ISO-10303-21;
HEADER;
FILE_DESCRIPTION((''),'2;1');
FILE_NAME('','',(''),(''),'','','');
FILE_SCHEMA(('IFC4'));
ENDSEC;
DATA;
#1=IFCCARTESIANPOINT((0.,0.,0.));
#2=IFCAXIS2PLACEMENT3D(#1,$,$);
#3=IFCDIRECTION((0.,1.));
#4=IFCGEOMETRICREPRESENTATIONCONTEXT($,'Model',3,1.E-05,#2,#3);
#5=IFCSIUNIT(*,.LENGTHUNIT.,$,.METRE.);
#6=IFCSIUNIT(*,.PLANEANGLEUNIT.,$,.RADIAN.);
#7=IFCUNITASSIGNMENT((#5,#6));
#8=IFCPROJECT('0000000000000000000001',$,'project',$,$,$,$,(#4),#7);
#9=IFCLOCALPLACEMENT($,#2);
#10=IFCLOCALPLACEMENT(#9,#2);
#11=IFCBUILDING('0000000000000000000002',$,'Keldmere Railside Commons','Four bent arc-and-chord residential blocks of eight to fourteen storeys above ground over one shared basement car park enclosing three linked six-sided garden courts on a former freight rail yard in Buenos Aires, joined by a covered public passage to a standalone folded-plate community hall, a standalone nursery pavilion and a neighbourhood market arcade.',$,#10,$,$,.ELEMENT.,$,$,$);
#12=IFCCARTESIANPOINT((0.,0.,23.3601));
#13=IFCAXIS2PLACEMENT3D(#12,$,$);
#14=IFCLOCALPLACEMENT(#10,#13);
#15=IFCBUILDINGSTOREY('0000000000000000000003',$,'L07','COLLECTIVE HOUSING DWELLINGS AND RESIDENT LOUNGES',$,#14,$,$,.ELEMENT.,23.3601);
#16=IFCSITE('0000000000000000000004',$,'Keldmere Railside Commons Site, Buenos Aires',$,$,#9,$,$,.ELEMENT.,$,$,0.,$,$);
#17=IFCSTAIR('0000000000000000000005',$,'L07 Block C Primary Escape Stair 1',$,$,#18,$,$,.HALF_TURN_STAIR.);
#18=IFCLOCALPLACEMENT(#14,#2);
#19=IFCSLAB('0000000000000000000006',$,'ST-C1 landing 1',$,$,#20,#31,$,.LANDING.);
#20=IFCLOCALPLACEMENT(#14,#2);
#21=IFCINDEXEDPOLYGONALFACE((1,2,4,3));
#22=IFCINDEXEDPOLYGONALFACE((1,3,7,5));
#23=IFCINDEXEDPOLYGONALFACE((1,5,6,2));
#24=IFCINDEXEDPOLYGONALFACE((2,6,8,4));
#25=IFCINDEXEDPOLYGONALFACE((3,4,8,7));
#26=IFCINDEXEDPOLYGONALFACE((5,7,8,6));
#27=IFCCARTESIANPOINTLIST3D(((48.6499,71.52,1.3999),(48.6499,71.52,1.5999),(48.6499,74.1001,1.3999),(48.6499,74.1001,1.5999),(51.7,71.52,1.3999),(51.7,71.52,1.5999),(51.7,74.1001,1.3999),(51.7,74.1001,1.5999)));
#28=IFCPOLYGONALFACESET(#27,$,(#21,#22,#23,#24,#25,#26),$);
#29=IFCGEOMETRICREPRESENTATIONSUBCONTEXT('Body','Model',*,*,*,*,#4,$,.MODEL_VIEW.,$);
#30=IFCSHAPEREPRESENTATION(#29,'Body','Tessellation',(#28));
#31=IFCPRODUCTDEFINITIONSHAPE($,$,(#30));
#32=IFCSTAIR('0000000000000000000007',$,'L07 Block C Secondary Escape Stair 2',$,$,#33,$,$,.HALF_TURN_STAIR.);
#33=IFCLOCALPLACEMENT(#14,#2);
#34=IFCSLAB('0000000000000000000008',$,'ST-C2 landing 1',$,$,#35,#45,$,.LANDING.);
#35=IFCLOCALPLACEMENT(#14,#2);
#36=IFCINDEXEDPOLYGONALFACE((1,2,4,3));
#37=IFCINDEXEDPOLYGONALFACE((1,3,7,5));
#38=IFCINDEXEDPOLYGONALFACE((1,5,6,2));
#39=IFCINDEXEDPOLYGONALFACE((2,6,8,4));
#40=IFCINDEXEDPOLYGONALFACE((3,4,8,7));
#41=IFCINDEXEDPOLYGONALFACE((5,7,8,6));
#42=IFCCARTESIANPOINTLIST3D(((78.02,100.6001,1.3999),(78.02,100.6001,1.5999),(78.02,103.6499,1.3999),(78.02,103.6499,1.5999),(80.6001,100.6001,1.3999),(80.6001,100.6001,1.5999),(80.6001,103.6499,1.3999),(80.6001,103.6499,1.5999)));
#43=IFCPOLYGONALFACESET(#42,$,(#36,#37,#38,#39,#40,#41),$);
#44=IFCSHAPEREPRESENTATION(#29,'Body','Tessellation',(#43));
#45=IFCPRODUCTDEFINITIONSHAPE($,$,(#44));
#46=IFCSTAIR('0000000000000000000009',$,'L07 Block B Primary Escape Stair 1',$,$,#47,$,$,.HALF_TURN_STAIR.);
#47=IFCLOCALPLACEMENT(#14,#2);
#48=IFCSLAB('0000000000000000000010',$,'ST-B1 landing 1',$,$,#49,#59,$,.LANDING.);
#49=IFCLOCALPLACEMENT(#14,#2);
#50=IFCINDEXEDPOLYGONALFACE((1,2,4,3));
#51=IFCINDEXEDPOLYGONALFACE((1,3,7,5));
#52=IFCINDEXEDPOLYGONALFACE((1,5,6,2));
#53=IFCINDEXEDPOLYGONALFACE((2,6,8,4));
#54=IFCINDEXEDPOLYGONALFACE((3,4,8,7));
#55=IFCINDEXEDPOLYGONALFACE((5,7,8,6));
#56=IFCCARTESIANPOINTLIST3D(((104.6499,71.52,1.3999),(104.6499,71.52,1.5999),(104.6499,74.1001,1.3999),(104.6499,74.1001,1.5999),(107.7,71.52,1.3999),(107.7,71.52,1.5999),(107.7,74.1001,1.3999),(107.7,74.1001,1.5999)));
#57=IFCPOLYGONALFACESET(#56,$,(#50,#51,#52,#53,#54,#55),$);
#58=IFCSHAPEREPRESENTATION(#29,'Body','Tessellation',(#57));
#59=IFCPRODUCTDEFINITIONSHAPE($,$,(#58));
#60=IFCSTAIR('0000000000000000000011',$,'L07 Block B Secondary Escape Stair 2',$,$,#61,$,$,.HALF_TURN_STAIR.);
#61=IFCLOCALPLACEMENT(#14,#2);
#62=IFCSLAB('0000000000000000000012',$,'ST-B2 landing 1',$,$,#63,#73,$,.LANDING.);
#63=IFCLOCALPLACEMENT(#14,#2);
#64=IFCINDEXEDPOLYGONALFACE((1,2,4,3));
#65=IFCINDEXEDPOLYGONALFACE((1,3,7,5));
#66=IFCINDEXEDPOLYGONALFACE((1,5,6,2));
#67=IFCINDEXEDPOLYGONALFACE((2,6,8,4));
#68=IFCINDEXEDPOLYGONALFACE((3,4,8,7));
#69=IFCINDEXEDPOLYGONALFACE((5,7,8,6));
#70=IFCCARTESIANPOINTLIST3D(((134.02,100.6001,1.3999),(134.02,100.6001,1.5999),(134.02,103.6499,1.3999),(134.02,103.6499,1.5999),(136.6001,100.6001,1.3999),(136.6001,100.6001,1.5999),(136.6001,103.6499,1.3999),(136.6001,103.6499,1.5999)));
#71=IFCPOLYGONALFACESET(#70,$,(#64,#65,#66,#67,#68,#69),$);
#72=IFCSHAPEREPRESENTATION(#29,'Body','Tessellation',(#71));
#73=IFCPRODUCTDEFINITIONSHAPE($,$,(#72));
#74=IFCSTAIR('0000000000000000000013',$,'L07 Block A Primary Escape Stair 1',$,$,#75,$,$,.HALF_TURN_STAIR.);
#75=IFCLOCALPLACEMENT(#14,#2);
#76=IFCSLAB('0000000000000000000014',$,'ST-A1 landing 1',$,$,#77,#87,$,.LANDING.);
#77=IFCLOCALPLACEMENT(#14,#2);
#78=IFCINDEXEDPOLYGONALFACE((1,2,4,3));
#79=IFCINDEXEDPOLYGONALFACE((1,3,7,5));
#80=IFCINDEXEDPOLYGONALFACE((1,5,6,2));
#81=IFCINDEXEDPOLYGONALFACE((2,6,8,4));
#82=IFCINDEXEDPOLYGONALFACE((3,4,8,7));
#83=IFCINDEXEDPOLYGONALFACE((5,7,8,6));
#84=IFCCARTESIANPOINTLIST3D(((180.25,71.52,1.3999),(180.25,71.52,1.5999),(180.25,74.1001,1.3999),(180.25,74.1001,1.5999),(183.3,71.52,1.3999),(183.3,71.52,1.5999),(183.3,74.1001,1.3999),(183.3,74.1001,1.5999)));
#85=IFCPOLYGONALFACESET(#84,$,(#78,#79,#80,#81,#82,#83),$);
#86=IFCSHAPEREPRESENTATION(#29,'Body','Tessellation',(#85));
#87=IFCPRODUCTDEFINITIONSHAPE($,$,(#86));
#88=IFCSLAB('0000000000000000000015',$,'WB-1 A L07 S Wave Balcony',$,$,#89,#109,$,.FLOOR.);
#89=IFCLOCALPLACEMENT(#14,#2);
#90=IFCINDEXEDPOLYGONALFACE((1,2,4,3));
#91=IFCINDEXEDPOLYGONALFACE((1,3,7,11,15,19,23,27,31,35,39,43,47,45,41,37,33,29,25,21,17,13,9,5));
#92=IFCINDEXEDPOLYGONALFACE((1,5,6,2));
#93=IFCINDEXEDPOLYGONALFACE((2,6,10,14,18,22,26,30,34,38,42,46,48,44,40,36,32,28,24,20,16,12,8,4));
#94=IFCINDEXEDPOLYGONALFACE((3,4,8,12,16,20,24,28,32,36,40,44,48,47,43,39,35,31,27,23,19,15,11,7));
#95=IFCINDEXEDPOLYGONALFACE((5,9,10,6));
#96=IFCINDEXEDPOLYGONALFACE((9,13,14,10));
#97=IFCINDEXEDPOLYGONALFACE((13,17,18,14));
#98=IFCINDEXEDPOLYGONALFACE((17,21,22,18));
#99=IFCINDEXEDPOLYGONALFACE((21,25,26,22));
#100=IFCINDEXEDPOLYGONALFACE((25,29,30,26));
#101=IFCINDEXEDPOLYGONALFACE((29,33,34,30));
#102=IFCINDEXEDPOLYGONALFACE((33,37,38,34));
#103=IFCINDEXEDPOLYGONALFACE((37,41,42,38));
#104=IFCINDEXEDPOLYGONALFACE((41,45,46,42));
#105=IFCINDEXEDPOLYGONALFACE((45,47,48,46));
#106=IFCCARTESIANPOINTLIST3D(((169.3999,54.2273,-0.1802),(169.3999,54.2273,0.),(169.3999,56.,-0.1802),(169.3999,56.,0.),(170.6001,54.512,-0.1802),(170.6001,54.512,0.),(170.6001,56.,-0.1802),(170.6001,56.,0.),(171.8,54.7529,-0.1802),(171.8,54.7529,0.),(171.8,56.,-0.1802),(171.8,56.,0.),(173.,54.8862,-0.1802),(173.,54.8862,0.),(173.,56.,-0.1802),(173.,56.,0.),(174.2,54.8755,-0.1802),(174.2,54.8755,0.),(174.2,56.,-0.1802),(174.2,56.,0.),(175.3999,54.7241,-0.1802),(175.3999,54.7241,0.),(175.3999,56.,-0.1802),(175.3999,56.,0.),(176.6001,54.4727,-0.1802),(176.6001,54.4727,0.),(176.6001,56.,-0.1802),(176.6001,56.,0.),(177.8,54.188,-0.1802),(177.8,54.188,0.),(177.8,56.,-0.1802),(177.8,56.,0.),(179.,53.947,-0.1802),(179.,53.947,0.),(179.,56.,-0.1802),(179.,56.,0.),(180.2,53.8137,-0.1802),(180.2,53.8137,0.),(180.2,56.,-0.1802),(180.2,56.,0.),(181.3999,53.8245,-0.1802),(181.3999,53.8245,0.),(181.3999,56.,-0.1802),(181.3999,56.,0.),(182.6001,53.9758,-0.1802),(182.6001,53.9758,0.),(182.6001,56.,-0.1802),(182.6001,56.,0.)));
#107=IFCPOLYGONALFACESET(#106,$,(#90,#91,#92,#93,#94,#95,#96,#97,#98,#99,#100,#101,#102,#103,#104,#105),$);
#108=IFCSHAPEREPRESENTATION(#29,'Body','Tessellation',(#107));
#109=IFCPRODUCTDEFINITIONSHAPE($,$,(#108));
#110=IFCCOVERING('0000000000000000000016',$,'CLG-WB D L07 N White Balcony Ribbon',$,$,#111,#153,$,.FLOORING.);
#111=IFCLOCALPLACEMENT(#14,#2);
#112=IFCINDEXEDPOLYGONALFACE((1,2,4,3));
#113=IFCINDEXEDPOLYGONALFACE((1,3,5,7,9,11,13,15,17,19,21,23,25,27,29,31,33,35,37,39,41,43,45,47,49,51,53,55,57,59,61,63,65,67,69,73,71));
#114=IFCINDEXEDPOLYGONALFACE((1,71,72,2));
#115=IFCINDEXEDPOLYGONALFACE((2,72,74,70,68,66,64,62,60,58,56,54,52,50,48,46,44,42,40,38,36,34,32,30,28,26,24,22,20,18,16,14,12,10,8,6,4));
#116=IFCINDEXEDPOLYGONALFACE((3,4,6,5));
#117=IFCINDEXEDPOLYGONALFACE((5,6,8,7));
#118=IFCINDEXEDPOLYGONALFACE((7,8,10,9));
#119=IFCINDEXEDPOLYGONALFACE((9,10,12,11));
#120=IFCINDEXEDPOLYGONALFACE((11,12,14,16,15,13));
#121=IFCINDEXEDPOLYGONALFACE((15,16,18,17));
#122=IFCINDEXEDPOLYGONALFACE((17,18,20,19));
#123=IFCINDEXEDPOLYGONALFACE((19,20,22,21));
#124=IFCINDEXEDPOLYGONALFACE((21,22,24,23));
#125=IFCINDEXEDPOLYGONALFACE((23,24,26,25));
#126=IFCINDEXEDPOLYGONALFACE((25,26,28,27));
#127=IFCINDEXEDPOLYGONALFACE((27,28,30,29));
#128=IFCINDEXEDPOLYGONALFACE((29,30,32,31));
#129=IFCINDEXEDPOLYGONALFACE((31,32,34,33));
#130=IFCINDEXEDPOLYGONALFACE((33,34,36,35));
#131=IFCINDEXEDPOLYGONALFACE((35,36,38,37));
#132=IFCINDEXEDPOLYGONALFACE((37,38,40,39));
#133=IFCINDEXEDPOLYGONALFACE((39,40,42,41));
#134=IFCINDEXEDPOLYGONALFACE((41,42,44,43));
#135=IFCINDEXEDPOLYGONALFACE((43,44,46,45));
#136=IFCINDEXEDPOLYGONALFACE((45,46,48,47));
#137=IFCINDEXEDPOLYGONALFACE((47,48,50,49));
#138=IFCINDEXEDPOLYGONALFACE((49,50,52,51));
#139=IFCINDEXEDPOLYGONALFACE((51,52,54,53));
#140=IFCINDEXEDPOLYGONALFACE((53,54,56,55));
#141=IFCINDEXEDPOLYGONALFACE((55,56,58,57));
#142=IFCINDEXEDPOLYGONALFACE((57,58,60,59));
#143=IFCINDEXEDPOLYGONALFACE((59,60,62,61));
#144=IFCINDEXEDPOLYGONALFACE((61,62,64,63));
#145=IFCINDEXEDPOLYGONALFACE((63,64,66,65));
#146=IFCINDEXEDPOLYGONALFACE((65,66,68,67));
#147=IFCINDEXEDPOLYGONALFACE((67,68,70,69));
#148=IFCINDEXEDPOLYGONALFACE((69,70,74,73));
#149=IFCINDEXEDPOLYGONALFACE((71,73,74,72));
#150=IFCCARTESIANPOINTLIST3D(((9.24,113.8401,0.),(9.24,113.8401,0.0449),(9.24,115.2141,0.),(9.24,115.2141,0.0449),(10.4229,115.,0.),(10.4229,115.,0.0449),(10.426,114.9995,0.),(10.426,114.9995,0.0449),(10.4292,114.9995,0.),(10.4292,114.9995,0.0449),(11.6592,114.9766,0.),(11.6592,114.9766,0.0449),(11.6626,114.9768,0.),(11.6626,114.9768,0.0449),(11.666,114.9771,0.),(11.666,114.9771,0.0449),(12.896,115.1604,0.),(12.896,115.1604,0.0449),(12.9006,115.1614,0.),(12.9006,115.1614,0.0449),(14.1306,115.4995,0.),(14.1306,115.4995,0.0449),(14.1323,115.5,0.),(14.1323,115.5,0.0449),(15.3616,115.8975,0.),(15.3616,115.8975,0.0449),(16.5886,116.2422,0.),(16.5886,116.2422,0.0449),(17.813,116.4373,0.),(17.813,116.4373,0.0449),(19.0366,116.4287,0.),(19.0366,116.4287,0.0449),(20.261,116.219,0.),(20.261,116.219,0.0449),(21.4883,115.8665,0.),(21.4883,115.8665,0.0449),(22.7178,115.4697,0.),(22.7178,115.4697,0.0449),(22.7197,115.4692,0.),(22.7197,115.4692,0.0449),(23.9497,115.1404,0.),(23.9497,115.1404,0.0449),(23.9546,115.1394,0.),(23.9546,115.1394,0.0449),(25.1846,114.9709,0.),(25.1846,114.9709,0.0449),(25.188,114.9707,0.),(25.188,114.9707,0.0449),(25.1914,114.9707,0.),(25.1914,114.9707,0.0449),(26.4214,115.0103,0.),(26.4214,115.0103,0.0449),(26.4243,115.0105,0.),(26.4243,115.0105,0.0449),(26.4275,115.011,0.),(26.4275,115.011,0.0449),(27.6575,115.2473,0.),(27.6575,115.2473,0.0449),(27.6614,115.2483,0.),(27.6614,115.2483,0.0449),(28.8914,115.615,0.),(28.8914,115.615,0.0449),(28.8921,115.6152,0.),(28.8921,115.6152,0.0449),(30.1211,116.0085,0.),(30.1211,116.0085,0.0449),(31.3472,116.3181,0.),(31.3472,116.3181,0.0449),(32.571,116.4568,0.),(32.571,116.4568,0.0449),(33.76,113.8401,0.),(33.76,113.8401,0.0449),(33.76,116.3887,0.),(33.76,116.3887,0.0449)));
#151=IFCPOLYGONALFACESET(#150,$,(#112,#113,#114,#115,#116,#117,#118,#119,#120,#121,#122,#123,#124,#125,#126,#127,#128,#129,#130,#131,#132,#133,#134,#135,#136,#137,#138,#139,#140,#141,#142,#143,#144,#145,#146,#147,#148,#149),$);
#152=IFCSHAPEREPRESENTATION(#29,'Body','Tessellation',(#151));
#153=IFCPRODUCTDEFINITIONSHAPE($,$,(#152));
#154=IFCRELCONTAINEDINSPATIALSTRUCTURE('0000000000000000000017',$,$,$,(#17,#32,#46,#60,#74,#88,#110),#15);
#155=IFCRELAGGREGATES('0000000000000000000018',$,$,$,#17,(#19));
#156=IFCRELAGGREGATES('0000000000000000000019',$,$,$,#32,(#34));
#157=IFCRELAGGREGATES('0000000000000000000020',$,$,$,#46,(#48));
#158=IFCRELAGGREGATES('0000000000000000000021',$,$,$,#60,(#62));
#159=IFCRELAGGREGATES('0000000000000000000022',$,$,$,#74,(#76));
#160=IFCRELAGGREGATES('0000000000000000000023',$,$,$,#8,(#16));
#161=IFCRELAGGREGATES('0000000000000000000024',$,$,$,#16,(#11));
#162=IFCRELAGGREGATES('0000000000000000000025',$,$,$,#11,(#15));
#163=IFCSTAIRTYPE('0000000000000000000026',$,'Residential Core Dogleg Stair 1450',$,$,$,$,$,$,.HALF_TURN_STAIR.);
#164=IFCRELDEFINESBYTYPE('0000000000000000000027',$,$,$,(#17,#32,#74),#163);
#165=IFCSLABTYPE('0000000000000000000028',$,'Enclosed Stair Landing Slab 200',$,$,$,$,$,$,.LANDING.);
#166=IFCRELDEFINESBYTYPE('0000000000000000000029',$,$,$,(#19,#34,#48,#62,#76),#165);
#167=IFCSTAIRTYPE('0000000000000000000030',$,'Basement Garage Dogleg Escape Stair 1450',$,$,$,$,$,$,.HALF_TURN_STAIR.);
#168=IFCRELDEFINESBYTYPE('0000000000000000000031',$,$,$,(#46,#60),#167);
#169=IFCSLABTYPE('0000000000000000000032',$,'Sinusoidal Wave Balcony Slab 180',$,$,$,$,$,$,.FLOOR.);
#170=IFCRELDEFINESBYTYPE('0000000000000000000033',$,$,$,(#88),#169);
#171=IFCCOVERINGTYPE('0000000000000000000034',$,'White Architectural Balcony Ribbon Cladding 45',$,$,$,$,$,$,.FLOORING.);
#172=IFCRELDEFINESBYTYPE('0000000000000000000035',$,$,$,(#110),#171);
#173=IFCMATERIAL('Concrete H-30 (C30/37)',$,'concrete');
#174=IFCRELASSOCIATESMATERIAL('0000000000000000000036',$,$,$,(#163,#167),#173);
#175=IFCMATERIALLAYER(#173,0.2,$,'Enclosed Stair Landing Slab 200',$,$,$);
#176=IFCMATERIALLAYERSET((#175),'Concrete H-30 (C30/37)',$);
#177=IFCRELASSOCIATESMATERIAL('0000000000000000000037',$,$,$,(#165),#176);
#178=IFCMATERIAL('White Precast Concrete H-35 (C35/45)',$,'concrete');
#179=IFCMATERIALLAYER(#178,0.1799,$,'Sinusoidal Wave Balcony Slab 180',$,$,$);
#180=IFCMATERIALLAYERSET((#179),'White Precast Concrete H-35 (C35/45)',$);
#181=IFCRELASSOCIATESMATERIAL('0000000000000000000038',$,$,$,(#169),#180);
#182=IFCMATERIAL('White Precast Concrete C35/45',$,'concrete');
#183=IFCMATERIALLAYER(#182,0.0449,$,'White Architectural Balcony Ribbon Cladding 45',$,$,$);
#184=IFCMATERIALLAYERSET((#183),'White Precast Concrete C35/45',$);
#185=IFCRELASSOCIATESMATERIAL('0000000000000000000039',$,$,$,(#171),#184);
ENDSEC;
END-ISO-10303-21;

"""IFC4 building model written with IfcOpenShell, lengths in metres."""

from ifc_helpers import new_model, si_unit, direction, frame, origin, place, context, subcontext, project, spatial, polyline, outline, extrude, material, layer, layer_set, type_object, element, aggregate, save


model = new_model("IFC4")

# Units and contexts
model_context = context("Model", 3, precision=1e-05, world=origin(), true_north=direction((0.0, 1.0)))
body_context = subcontext(model_context, "Body", "Model", "MODEL_VIEW")
ifc_project = project(units=[si_unit("LENGTHUNIT", "METRE"), si_unit("PLANEANGLEUNIT", "RADIAN")], contexts=[model_context])

# Site, building, storey
site_placement = place(None, origin())
site = spatial("IfcSite", under=ifc_project, at=site_placement, Name="Keldmere Railside Commons Site, Buenos Aires", CompositionType="ELEMENT", RefElevation=0.0)
building_placement = place(site_placement, origin())
building = spatial("IfcBuilding", under=site, at=building_placement, Name="Keldmere Railside Commons", Description="Four bent arc-and-chord residential blocks of eight to fourteen storeys above ground over one shared basement car park enclosing three linked six-sided garden courts on a former freight rail yard in Buenos Aires, joined by a covered public passage to a standalone folded-plate community hall, a standalone nursery pavilion and a neighbourhood market arcade.", CompositionType="ELEMENT")
storey_placement = place(building_placement, frame((0.0, 0.0, 23.3601)))
storey = spatial("IfcBuildingStorey", under=building, at=storey_placement, Name="L07", Description="COLLECTIVE HOUSING DWELLINGS AND RESIDENT LOUNGES", CompositionType="ELEMENT", Elevation=23.3601)

# Stairs, slabs
ifc_material_1 = material(Name="Concrete H-30 (C30/37)", Category="concrete")
stair_type_1 = type_object("IfcStairType", Name="Residential Core Dogleg Stair 1450", PredefinedType="HALF_TURN_STAIR", material=ifc_material_1)
stair_1_placement = place(storey_placement, origin())
stair_1 = element("IfcStair", 1, at=stair_1_placement, inside=storey, type_object=stair_type_1, Name="L07 Block C Primary Escape Stair 1", PredefinedType="HALF_TURN_STAIR")
ifc_layer_1 = layer(ifc_material_1, 0.2, Name="Enclosed Stair Landing Slab 200")
ifc_layer_set_1 = layer_set([ifc_layer_1], Name="Concrete H-30 (C30/37)")
slab_type_1 = type_object("IfcSlabType", Name="Enclosed Stair Landing Slab 200", PredefinedType="LANDING", material=ifc_layer_set_1)
slab_1_placement = place(storey_placement, frame((0.0, 0.0, 1.3999)))
slab_1 = element("IfcSlab", 2, at=slab_1_placement, type_object=slab_type_1, Name="ST-C1 landing 1", PredefinedType="LANDING", context=body_context, shape_type="SweptSolid", body=[
    extrude(outline(polyline([(51.7, 71.52), (51.7, 74.1001), (48.6499, 74.1001), (48.6499, 71.52), (51.7, 71.52)])), origin(), (0.0, 0.0, 1.0), 0.2),
])
aggregate(stair_1, [slab_1])
stair_2_placement = place(storey_placement, origin())
stair_2 = element("IfcStair", 3, at=stair_2_placement, inside=storey, type_object=stair_type_1, Name="L07 Block C Secondary Escape Stair 2", PredefinedType="HALF_TURN_STAIR")
slab_2_placement = place(storey_placement, frame((0.0, 0.0, 1.3999)))
slab_2 = element("IfcSlab", 4, at=slab_2_placement, type_object=slab_type_1, Name="ST-C2 landing 1", PredefinedType="LANDING", context=body_context, shape_type="SweptSolid", body=[
    extrude(outline(polyline([(78.02, 100.6001), (80.6001, 100.6001), (80.6001, 103.6499), (78.02, 103.6499), (78.02, 100.6001)])), origin(), (0.0, 0.0, 1.0), 0.2),
])
aggregate(stair_2, [slab_2])
stair_type_2 = type_object("IfcStairType", Name="Basement Garage Dogleg Escape Stair 1450", PredefinedType="HALF_TURN_STAIR", material=ifc_material_1)
stair_3_placement = place(storey_placement, origin())
stair_3 = element("IfcStair", 5, at=stair_3_placement, inside=storey, type_object=stair_type_2, Name="L07 Block B Primary Escape Stair 1", PredefinedType="HALF_TURN_STAIR")
slab_3_placement = place(storey_placement, frame((0.0, 0.0, 1.3999)))
slab_3 = element("IfcSlab", 6, at=slab_3_placement, type_object=slab_type_1, Name="ST-B1 landing 1", PredefinedType="LANDING", context=body_context, shape_type="SweptSolid", body=[
    extrude(outline(polyline([(107.7, 71.52), (107.7, 74.1001), (104.6499, 74.1001), (104.6499, 71.52), (107.7, 71.52)])), origin(), (0.0, 0.0, 1.0), 0.2),
])
aggregate(stair_3, [slab_3])
stair_4_placement = place(storey_placement, origin())
stair_4 = element("IfcStair", 7, at=stair_4_placement, inside=storey, type_object=stair_type_2, Name="L07 Block B Secondary Escape Stair 2", PredefinedType="HALF_TURN_STAIR")
slab_4_placement = place(storey_placement, frame((0.0, 0.0, 1.3999)))
slab_4 = element("IfcSlab", 8, at=slab_4_placement, type_object=slab_type_1, Name="ST-B2 landing 1", PredefinedType="LANDING", context=body_context, shape_type="SweptSolid", body=[
    extrude(outline(polyline([(134.02, 100.6001), (136.6001, 100.6001), (136.6001, 103.6499), (134.02, 103.6499), (134.02, 100.6001)])), origin(), (0.0, 0.0, 1.0), 0.2),
])
aggregate(stair_4, [slab_4])
stair_5_placement = place(storey_placement, origin())
stair_5 = element("IfcStair", 9, at=stair_5_placement, inside=storey, type_object=stair_type_1, Name="L07 Block A Primary Escape Stair 1", PredefinedType="HALF_TURN_STAIR")
slab_5_placement = place(storey_placement, frame((0.0, 0.0, 1.3999)))
slab_5 = element("IfcSlab", 10, at=slab_5_placement, type_object=slab_type_1, Name="ST-A1 landing 1", PredefinedType="LANDING", context=body_context, shape_type="SweptSolid", body=[
    extrude(outline(polyline([(183.3, 71.52), (183.3, 74.1001), (180.25, 74.1001), (180.25, 71.52), (183.3, 71.52)])), origin(), (0.0, 0.0, 1.0), 0.2),
])
aggregate(stair_5, [slab_5])

# Slab
ifc_material_2 = material(Name="White Precast Concrete H-35 (C35/45)", Category="concrete")
ifc_layer_2 = layer(ifc_material_2, 0.1799, Name="Sinusoidal Wave Balcony Slab 180")
ifc_layer_set_2 = layer_set([ifc_layer_2], Name="White Precast Concrete H-35 (C35/45)")
slab_type_2 = type_object("IfcSlabType", Name="Sinusoidal Wave Balcony Slab 180", PredefinedType="FLOOR", material=ifc_layer_set_2)
slab_6_placement = place(storey_placement, frame((0.0, 0.0, -0.1802)))
element("IfcSlab", 11, at=slab_6_placement, inside=storey, type_object=slab_type_2, Name="WB-1 A L07 S Wave Balcony", PredefinedType="FLOOR", context=body_context, shape_type="SweptSolid", body=[
    extrude(outline(polyline([(169.3999, 54.2273), (170.6001, 54.512), (171.8, 54.7529), (173.0, 54.8862), (174.2, 54.8755), (175.3999, 54.7241), (176.6001, 54.4727), (177.8, 54.188), (179.0, 53.947), (180.2, 53.8137), (181.3999, 53.8245), (182.6001, 53.9758), (182.6001, 56.0), (181.3999, 56.0), (180.2, 56.0), (179.0, 56.0), (177.8, 56.0), (176.6001, 56.0), (175.3999, 56.0), (174.2, 56.0), (173.0, 56.0), (171.8, 56.0), (170.6001, 56.0), (169.3999, 56.0), (169.3999, 54.2273)])), origin(), (0.0, 0.0, 1.0), 0.1802),
])

# Covering
ifc_material_3 = material(Name="White Precast Concrete C35/45", Category="concrete")
ifc_layer_3 = layer(ifc_material_3, 0.0449, Name="White Architectural Balcony Ribbon Cladding 45")
ifc_layer_set_3 = layer_set([ifc_layer_3], Name="White Precast Concrete C35/45")
covering_type = type_object("IfcCoveringType", Name="White Architectural Balcony Ribbon Cladding 45", PredefinedType="FLOORING", material=ifc_layer_set_3)
covering_1_placement = place(storey_placement, origin())
element("IfcCovering", 12, at=covering_1_placement, inside=storey, type_object=covering_type, Name="CLG-WB D L07 N White Balcony Ribbon", PredefinedType="FLOORING", context=body_context, shape_type="SweptSolid", body=[
    extrude(outline(polyline([(33.76, 113.8401), (33.76, 116.3887), (32.571, 116.4568), (31.3472, 116.3181), (30.1211, 116.0085), (28.8921, 115.6152), (28.8914, 115.615), (27.6614, 115.2483), (27.6575, 115.2473), (26.4275, 115.011), (26.4243, 115.0105), (26.4214, 115.0103), (25.1914, 114.9707), (25.188, 114.9707), (25.1846, 114.9709), (23.9546, 115.1394), (23.9497, 115.1404), (22.7197, 115.4692), (22.7178, 115.4697), (21.4883, 115.8665), (20.261, 116.219), (19.0366, 116.4287), (17.813, 116.4373), (16.5886, 116.2422), (15.3616, 115.8975), (14.1323, 115.5), (14.1306, 115.4995), (12.9006, 115.1614), (12.896, 115.1604), (11.666, 114.9771), (11.6626, 114.9768), (11.6592, 114.9766), (10.4292, 114.9995), (10.426, 114.9995), (10.4229, 115.0), (9.24, 115.2141), (9.24, 113.8401), (33.76, 113.8401)])), origin(), (0.0, 0.0, 1.0), 0.0449),
])

save(model, "model.ifc")
